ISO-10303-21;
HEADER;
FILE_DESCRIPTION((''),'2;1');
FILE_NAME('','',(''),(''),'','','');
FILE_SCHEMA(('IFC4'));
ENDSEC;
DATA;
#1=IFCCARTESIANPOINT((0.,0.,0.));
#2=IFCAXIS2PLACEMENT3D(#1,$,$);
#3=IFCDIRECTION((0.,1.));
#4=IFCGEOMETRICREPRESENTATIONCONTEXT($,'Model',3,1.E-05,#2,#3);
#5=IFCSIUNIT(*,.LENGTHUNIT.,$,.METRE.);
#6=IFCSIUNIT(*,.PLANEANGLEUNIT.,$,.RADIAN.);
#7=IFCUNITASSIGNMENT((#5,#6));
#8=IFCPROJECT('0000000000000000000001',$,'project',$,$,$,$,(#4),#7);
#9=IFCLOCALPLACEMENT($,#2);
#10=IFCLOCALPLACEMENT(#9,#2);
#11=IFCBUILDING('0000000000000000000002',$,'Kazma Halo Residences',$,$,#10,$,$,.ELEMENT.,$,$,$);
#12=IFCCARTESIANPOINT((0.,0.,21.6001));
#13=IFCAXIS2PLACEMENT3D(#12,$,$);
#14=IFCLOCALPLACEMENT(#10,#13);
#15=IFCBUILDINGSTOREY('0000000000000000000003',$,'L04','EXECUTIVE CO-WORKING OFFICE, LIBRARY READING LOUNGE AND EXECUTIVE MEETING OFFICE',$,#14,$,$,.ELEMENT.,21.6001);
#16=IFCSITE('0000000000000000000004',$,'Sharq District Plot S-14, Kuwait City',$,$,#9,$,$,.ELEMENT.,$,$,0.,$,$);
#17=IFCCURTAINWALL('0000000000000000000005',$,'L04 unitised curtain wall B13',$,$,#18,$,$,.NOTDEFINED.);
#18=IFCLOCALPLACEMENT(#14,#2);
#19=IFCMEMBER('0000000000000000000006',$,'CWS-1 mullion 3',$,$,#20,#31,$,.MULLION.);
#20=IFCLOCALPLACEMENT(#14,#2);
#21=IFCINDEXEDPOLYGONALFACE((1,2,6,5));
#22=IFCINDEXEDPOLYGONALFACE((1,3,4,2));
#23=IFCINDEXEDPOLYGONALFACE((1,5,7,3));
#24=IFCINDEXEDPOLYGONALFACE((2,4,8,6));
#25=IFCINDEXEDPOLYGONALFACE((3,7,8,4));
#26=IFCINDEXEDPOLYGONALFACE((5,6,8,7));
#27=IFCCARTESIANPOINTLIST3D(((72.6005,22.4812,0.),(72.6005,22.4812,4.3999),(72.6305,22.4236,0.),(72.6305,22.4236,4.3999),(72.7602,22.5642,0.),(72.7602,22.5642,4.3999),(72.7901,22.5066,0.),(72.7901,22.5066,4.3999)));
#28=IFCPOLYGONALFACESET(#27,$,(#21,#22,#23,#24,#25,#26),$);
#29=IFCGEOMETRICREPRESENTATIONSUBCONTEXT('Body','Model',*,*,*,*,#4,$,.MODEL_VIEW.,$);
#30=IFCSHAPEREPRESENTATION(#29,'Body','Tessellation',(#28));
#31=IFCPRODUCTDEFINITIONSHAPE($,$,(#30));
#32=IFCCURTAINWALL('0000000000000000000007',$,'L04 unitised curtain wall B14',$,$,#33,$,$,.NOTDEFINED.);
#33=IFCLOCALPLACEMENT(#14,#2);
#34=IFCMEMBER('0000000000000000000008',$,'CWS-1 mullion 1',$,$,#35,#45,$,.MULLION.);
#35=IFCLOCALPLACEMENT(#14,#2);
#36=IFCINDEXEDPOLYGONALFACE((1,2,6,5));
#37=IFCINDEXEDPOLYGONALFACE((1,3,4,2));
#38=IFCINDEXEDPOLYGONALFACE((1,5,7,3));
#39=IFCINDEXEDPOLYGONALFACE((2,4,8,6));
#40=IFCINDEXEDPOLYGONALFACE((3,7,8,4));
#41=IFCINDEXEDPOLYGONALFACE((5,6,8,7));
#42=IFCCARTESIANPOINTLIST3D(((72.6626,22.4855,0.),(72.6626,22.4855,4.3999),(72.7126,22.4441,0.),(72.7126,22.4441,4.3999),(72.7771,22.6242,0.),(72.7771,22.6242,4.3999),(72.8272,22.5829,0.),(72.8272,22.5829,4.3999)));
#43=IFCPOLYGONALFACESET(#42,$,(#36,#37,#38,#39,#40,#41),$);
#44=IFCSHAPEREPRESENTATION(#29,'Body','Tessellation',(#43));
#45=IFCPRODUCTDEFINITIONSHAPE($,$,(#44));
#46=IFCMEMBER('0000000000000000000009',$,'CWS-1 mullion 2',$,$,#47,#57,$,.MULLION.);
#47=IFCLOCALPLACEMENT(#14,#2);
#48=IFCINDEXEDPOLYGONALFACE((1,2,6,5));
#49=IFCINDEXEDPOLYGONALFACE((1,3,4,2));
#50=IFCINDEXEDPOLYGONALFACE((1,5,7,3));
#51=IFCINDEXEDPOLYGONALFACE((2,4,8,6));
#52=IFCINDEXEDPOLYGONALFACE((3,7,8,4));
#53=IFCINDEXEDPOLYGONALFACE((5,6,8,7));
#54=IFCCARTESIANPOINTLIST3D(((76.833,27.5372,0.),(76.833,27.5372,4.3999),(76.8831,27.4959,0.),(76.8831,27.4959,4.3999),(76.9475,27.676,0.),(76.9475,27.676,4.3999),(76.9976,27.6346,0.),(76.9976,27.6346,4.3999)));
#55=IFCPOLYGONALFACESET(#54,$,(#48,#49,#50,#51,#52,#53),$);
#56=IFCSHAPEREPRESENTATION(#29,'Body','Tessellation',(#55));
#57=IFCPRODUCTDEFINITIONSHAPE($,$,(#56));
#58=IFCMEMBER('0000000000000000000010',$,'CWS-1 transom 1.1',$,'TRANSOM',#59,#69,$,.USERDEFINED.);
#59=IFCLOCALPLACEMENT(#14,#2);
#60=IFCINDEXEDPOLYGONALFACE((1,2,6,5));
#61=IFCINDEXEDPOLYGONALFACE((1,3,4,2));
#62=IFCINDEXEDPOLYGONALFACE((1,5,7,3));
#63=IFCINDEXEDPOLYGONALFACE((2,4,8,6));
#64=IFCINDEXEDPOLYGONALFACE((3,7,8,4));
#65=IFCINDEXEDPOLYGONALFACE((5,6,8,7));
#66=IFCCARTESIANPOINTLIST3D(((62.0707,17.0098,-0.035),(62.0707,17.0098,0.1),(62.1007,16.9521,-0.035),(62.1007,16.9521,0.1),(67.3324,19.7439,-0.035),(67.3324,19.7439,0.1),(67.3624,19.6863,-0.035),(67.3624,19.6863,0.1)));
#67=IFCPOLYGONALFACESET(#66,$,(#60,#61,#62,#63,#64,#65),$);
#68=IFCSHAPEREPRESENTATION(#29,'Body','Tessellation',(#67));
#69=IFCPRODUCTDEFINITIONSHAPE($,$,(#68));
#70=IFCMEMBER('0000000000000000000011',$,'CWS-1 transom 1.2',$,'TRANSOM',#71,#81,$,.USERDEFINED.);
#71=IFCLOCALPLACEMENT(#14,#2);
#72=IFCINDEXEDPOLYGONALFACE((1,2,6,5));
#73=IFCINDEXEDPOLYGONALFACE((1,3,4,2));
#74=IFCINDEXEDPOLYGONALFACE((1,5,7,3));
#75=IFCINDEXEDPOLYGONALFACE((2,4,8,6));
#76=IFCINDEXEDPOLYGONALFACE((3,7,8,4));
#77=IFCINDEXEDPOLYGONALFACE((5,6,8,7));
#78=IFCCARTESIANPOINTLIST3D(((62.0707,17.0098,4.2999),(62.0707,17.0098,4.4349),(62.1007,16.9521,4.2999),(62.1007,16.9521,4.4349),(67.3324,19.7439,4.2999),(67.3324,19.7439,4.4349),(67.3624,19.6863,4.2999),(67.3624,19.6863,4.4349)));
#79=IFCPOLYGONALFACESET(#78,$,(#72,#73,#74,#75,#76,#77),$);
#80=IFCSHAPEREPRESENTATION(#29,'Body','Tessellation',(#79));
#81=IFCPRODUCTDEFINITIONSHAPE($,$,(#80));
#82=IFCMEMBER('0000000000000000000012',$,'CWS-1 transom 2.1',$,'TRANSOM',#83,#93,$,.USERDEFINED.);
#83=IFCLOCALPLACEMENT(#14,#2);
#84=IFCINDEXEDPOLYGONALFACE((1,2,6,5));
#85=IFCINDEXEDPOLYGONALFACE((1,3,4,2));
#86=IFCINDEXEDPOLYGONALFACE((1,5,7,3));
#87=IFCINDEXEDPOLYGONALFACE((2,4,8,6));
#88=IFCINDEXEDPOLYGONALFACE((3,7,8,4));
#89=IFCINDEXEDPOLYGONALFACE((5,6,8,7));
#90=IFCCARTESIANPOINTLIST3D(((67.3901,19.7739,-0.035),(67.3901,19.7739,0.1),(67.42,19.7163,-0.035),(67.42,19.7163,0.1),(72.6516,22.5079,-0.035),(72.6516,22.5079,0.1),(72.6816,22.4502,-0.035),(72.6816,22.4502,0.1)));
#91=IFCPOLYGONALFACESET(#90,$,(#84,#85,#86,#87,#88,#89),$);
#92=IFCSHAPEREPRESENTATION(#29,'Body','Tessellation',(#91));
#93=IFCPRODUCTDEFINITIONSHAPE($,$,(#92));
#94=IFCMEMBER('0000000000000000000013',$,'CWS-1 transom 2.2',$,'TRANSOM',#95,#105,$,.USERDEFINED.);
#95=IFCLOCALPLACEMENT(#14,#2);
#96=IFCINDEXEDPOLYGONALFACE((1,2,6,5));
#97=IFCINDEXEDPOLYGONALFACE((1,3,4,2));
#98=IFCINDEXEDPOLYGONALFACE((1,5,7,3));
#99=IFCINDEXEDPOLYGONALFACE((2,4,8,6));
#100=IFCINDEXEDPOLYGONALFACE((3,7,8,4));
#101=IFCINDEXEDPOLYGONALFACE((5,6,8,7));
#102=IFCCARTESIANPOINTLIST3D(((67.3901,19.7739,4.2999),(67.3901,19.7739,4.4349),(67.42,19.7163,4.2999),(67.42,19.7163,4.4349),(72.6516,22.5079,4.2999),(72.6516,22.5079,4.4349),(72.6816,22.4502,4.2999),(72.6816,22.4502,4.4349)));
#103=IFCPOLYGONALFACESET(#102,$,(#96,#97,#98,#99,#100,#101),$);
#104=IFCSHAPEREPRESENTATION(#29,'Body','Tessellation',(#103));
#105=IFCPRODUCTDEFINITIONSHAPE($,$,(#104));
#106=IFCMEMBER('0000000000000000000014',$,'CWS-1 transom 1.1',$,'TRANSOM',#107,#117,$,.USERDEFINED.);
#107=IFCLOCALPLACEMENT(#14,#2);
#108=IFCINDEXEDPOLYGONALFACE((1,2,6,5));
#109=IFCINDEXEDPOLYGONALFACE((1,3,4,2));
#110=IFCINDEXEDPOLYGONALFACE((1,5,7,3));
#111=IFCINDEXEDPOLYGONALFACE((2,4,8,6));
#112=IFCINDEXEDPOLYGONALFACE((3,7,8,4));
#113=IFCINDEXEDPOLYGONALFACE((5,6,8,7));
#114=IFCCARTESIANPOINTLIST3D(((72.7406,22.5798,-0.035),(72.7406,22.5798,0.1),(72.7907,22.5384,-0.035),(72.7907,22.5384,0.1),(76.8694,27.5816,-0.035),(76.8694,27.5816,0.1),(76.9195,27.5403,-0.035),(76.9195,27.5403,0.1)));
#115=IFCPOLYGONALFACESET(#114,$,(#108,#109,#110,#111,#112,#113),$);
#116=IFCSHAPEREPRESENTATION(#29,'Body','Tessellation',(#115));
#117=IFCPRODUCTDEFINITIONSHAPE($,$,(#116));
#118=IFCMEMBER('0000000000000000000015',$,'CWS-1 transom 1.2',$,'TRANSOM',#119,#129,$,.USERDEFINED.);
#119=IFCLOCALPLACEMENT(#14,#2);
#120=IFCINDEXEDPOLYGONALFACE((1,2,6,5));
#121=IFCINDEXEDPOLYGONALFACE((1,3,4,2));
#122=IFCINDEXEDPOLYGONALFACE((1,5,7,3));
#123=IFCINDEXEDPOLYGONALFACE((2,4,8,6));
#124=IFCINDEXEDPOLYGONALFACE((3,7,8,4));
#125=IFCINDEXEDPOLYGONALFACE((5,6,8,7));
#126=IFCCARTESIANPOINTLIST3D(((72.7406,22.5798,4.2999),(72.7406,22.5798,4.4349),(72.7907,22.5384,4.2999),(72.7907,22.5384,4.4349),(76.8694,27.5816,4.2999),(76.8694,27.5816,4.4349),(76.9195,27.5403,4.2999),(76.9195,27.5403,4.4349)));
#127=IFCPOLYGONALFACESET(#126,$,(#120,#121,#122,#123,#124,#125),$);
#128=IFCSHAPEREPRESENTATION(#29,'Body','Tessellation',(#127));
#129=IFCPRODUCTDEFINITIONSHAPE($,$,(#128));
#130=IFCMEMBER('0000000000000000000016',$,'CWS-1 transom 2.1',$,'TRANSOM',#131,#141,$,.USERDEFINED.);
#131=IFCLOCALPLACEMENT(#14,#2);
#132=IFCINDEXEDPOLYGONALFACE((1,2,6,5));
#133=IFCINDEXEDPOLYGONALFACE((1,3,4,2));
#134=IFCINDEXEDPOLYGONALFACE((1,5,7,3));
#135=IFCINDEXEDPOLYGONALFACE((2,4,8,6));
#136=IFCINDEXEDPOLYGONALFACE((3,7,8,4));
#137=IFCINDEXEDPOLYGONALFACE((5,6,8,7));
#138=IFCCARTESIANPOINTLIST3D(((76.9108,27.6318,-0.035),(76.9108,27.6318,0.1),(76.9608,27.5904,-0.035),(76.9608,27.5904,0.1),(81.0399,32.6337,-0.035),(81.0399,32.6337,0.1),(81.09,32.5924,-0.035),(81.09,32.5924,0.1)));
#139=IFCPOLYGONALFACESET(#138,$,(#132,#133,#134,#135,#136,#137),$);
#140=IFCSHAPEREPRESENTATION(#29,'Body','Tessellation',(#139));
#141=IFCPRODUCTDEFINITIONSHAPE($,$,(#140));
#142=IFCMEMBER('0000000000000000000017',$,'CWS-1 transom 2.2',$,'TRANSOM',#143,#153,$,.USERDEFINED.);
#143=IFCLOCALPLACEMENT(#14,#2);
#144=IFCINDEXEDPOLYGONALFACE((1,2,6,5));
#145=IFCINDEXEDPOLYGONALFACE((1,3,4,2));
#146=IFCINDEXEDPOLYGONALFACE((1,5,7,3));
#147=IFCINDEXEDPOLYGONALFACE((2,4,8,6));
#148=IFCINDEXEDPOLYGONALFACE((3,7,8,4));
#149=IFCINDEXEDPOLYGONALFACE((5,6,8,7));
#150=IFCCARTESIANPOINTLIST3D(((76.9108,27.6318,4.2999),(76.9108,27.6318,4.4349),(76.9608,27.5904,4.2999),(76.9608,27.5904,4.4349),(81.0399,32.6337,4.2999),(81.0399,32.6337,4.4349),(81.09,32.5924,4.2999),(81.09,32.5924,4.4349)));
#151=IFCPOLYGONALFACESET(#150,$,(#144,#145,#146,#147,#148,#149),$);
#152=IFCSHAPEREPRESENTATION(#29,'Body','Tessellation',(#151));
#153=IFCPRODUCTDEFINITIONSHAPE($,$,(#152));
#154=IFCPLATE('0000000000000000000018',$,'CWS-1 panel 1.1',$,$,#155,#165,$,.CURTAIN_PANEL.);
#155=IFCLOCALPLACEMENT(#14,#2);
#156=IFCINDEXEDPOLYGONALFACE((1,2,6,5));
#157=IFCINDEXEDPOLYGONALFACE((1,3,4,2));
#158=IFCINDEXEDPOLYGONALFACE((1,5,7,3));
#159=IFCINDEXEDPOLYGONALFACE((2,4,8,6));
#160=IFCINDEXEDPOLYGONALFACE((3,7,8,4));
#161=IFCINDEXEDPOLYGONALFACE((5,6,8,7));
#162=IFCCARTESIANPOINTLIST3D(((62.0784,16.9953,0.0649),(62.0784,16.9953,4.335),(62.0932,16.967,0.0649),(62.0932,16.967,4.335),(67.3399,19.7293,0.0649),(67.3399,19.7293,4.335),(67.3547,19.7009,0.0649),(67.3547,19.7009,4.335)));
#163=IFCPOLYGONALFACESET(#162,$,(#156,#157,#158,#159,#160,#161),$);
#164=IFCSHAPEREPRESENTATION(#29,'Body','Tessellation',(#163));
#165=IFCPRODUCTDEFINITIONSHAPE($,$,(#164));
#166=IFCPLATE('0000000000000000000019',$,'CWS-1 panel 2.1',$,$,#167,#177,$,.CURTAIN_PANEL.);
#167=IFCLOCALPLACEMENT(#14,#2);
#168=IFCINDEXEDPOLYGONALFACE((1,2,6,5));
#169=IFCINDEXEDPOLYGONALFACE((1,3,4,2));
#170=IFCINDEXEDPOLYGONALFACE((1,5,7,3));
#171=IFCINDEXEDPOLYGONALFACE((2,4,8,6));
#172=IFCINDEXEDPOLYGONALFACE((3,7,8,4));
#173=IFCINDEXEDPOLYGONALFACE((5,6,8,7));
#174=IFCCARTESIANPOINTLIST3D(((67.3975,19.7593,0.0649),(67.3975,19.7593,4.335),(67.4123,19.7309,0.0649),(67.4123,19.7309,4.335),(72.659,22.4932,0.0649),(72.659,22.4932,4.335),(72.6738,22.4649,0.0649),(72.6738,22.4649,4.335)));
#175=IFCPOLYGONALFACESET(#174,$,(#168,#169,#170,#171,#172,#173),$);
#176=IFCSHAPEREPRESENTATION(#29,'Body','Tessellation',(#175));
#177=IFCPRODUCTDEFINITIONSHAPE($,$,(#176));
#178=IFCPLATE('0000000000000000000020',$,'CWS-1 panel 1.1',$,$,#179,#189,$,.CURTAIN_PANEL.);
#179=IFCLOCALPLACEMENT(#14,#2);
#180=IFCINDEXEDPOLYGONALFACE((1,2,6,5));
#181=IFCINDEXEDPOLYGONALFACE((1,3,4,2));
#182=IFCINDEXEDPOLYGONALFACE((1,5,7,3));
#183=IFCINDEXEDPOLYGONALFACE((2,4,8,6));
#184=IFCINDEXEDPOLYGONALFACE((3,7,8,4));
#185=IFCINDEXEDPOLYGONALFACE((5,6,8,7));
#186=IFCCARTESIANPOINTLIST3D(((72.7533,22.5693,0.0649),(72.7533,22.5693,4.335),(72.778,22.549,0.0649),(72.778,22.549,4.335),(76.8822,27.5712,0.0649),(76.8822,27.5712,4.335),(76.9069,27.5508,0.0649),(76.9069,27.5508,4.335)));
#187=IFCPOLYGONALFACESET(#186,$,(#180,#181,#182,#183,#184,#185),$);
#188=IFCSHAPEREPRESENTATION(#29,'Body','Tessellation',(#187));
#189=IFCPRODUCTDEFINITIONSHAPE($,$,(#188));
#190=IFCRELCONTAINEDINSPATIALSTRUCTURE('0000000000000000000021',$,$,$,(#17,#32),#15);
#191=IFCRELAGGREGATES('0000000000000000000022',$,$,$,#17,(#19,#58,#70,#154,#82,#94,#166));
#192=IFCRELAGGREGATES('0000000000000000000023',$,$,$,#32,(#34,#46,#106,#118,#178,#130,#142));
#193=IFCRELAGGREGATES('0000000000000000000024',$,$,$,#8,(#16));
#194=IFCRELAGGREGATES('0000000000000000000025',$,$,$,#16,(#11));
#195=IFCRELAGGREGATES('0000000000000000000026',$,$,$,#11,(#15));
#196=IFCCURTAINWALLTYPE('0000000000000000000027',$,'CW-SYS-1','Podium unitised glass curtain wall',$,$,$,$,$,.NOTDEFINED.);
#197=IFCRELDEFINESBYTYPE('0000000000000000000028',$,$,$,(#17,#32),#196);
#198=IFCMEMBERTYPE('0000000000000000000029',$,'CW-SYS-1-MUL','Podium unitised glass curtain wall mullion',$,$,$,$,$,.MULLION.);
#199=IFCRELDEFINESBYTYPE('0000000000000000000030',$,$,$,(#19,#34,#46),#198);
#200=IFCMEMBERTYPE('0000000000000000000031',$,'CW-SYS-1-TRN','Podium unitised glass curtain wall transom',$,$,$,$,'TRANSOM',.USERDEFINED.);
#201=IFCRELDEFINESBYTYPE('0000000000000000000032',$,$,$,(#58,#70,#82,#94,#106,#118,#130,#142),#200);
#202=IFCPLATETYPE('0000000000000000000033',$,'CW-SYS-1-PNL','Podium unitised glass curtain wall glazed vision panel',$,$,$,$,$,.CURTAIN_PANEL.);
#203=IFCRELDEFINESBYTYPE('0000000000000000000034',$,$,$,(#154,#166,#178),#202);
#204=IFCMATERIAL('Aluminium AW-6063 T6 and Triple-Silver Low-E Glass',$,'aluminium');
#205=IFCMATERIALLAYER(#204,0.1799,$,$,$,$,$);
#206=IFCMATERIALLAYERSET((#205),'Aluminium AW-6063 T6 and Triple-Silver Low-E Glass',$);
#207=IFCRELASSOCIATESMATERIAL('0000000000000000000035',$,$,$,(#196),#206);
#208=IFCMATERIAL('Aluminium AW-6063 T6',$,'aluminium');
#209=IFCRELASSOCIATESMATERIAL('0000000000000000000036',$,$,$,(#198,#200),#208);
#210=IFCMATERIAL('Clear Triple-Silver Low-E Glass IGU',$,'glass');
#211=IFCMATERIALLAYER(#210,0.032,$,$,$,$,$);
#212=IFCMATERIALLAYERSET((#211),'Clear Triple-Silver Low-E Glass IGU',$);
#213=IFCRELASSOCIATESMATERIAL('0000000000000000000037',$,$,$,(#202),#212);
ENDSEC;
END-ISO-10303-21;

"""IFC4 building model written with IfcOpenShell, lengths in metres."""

from ifc_helpers import new_model, si_unit, direction, frame, origin, origin_2d, place, context, subcontext, project, spatial, rectangle, extrude, material, layer, layer_set, material_profile, profile_set, type_object, element, aggregate, save


model = new_model("IFC4")

# Units and contexts
model_context = context("Model", 3, precision=1e-05, world=origin(), true_north=direction((0.0, 1.0)))
body_context = subcontext(model_context, "Body", "Model", "MODEL_VIEW")
ifc_project = project(units=[si_unit("LENGTHUNIT", "METRE"), si_unit("PLANEANGLEUNIT", "RADIAN")], contexts=[model_context])

# Site, building, storey
site_placement = place(None, origin())
site = spatial("IfcSite", under=ifc_project, at=site_placement, Name="Sharq District Plot S-14, Kuwait City", CompositionType="ELEMENT", RefElevation=0.0)
building_placement = place(site_placement, origin())
building = spatial("IfcBuilding", under=site, at=building_placement, Name="Kazma Halo Residences", CompositionType="ELEMENT")
storey_placement = place(building_placement, frame((0.0, 0.0, 21.6001)))
storey = spatial("IfcBuildingStorey", under=building, at=storey_placement, Name="L04", Description="EXECUTIVE CO-WORKING OFFICE, LIBRARY READING LOUNGE AND EXECUTIVE MEETING OFFICE", CompositionType="ELEMENT", Elevation=21.6001)

# Shared definitions
ifc_material_1 = material(Name="Aluminium AW-6063 T6 and Triple-Silver Low-E Glass", Category="aluminium")
ifc_layer_1 = layer(ifc_material_1, 0.1799)
ifc_layer_set_1 = layer_set([ifc_layer_1], Name="Aluminium AW-6063 T6 and Triple-Silver Low-E Glass")
curtain_wall_type = type_object("IfcCurtainWallType", Name="CW-SYS-1", Description="Podium unitised glass curtain wall", PredefinedType="NOTDEFINED", material=ifc_layer_set_1)
ifc_material_2 = material(Name="Aluminium AW-6063 T6", Category="aluminium")
ifc_material_profile_1 = material_profile(ifc_material_2, rectangle(XDim=0.0649, YDim=0.1799, at=origin_2d()), Name="CWM-65x180")
ifc_profile_set_1 = profile_set([ifc_material_profile_1], Name="Aluminium AW-6063 T6")
member_type_1 = type_object("IfcMemberType", Name="CW-SYS-1-MUL", Description="Podium unitised glass curtain wall mullion", PredefinedType="MULLION", material=ifc_profile_set_1)

# Curtain walls, members
curtain_wall_1_placement = place(storey_placement, origin())
curtain_wall_1 = element("IfcCurtainWall", 1, at=curtain_wall_1_placement, inside=storey, type_object=curtain_wall_type, Name="L04 unitised curtain wall B13", PredefinedType="NOTDEFINED")
member_1_placement = place(storey_placement, frame((72.6953, 22.4939, 0.0), z_axis=(0.0, 0.0, 1.0), x_axis=(-0.461087, 0.887355, 0.0)))
member_1 = element("IfcMember", 2, at=member_1_placement, type_object=member_type_1, Name="CWS-1 mullion 3", PredefinedType="MULLION", context=body_context, shape_type="SweptSolid", body=[
    extrude(rectangle(XDim=0.0649, YDim=0.1799, at=origin_2d()), origin(), (0.0, 0.0, 1.0), 4.3999),
])
curtain_wall_2_placement = place(storey_placement, origin())
curtain_wall_2 = element("IfcCurtainWall", 3, at=curtain_wall_2_placement, inside=storey, type_object=curtain_wall_type, Name="L04 unitised curtain wall B14", PredefinedType="NOTDEFINED")
member_2_placement = place(storey_placement, frame((72.7449, 22.5342, 0.0), z_axis=(0.0, 0.0, 1.0), x_axis=(-0.771192, 0.636603, 0.0)))
member_2 = element("IfcMember", 4, at=member_2_placement, type_object=member_type_1, Name="CWS-1 mullion 1", PredefinedType="MULLION", context=body_context, shape_type="SweptSolid", body=[
    extrude(rectangle(XDim=0.0649, YDim=0.1799, at=origin_2d()), origin(), (0.0, 0.0, 1.0), 4.3999),
])
member_3_placement = place(storey_placement, frame((76.9153, 27.5859, 0.0), z_axis=(0.0, 0.0, 1.0), x_axis=(-0.771192, 0.636603, 0.0)))
member_3 = element("IfcMember", 5, at=member_3_placement, type_object=member_type_1, Name="CWS-1 mullion 2", PredefinedType="MULLION", context=body_context, shape_type="SweptSolid", body=[
    extrude(rectangle(XDim=0.0649, YDim=0.1799, at=origin_2d()), origin(), (0.0, 0.0, 1.0), 4.3999),
])

# Members
ifc_material_profile_2 = material_profile(ifc_material_2, rectangle(XDim=0.0649, YDim=0.135, at=origin_2d()), Name="CWT-65x135")
ifc_profile_set_2 = profile_set([ifc_material_profile_2], Name="Aluminium AW-6063 T6")
member_type_2 = type_object("IfcMemberType", Name="CW-SYS-1-TRN", Description="Podium unitised glass curtain wall transom", ElementType="TRANSOM", PredefinedType="USERDEFINED", material=ifc_profile_set_2)
member_4_placement = place(storey_placement, frame((62.0857, 16.981, 0.0325), z_axis=(0.887352, 0.461092, 0.0), x_axis=(-0.461092, 0.887352, 0.0)))
member_4 = element("IfcMember", 6, at=member_4_placement, type_object=member_type_2, Name="CWS-1 transom 1.1", ObjectType="TRANSOM", PredefinedType="USERDEFINED", context=body_context, shape_type="SweptSolid", body=[
    extrude(rectangle(XDim=0.0649, YDim=0.135, at=origin_2d()), origin(), (0.0, 0.0, 1.0), 5.9297),
])
member_5_placement = place(storey_placement, frame((62.0857, 16.981, 4.3674), z_axis=(0.887352, 0.461092, 0.0), x_axis=(-0.461092, 0.887352, 0.0)))
member_5 = element("IfcMember", 7, at=member_5_placement, type_object=member_type_2, Name="CWS-1 transom 1.2", ObjectType="TRANSOM", PredefinedType="USERDEFINED", context=body_context, shape_type="SweptSolid", body=[
    extrude(rectangle(XDim=0.0649, YDim=0.135, at=origin_2d()), origin(), (0.0, 0.0, 1.0), 5.9297),
])
member_6_placement = place(storey_placement, frame((67.405, 19.7451, 0.0325), z_axis=(0.88736, 0.461077, 0.0), x_axis=(-0.461077, 0.88736, 0.0)))
member_6 = element("IfcMember", 8, at=member_6_placement, type_object=member_type_2, Name="CWS-1 transom 2.1", ObjectType="TRANSOM", PredefinedType="USERDEFINED", context=body_context, shape_type="SweptSolid", body=[
    extrude(rectangle(XDim=0.0649, YDim=0.135, at=origin_2d()), origin(), (0.0, 0.0, 1.0), 5.9294),
])
member_7_placement = place(storey_placement, frame((67.405, 19.7451, 4.3674), z_axis=(0.88736, 0.461077, 0.0), x_axis=(-0.461077, 0.88736, 0.0)))
member_7 = element("IfcMember", 9, at=member_7_placement, type_object=member_type_2, Name="CWS-1 transom 2.2", ObjectType="TRANSOM", PredefinedType="USERDEFINED", context=body_context, shape_type="SweptSolid", body=[
    extrude(rectangle(XDim=0.0649, YDim=0.135, at=origin_2d()), origin(), (0.0, 0.0, 1.0), 5.9294),
])
member_8_placement = place(storey_placement, frame((72.7656, 22.5591, 0.0325), z_axis=(0.636593, 0.7712, 0.0), x_axis=(-0.7712, 0.636593, 0.0)))
member_8 = element("IfcMember", 10, at=member_8_placement, type_object=member_type_2, Name="CWS-1 transom 1.1", ObjectType="TRANSOM", PredefinedType="USERDEFINED", context=body_context, shape_type="SweptSolid", body=[
    extrude(rectangle(XDim=0.0649, YDim=0.135, at=origin_2d()), origin(), (0.0, 0.0, 1.0), 6.4858),
])
member_9_placement = place(storey_placement, frame((72.7656, 22.5591, 4.3674), z_axis=(0.636593, 0.7712, 0.0), x_axis=(-0.7712, 0.636593, 0.0)))
member_9 = element("IfcMember", 11, at=member_9_placement, type_object=member_type_2, Name="CWS-1 transom 1.2", ObjectType="TRANSOM", PredefinedType="USERDEFINED", context=body_context, shape_type="SweptSolid", body=[
    extrude(rectangle(XDim=0.0649, YDim=0.135, at=origin_2d()), origin(), (0.0, 0.0, 1.0), 6.4858),
])
member_10_placement = place(storey_placement, frame((76.9358, 27.6111, 0.0325), z_axis=(0.636616, 0.771181, 0.0), x_axis=(-0.771181, 0.636616, 0.0)))
member_10 = element("IfcMember", 12, at=member_10_placement, type_object=member_type_2, Name="CWS-1 transom 2.1", ObjectType="TRANSOM", PredefinedType="USERDEFINED", context=body_context, shape_type="SweptSolid", body=[
    extrude(rectangle(XDim=0.0649, YDim=0.135, at=origin_2d()), origin(), (0.0, 0.0, 1.0), 6.4861),
])
member_11_placement = place(storey_placement, frame((76.9358, 27.6111, 4.3674), z_axis=(0.636616, 0.771181, 0.0), x_axis=(-0.771181, 0.636616, 0.0)))
member_11 = element("IfcMember", 13, at=member_11_placement, type_object=member_type_2, Name="CWS-1 transom 2.2", ObjectType="TRANSOM", PredefinedType="USERDEFINED", context=body_context, shape_type="SweptSolid", body=[
    extrude(rectangle(XDim=0.0649, YDim=0.135, at=origin_2d()), origin(), (0.0, 0.0, 1.0), 6.4861),
])

# Plates
ifc_material_3 = material(Name="Clear Triple-Silver Low-E Glass IGU", Category="glass")
ifc_layer_2 = layer(ifc_material_3, 0.032)
ifc_layer_set_2 = layer_set([ifc_layer_2], Name="Clear Triple-Silver Low-E Glass IGU")
plate_type = type_object("IfcPlateType", Name="CW-SYS-1-PNL", Description="Podium unitised glass curtain wall glazed vision panel", PredefinedType="CURTAIN_PANEL", material=ifc_layer_set_2)
plate_1_placement = place(storey_placement, frame((64.7166, 18.3481, 0.0649), z_axis=(0.0, 0.0, 1.0), x_axis=(0.887355, 0.461087, 0.0)))
plate_1 = element("IfcPlate", 14, at=plate_1_placement, type_object=plate_type, Name="CWS-1 panel 1.1", PredefinedType="CURTAIN_PANEL", context=body_context, shape_type="SweptSolid", body=[
    extrude(rectangle(XDim=5.9294, YDim=0.032, at=origin_2d()), origin(), (0.0, 0.0, 1.0), 4.27),
])
plate_2_placement = place(storey_placement, frame((70.0356, 21.1121, 0.0649), z_axis=(0.0, 0.0, 1.0), x_axis=(0.887355, 0.461087, 0.0)))
plate_2 = element("IfcPlate", 15, at=plate_2_placement, type_object=plate_type, Name="CWS-1 panel 2.1", PredefinedType="CURTAIN_PANEL", context=body_context, shape_type="SweptSolid", body=[
    extrude(rectangle(XDim=5.9294, YDim=0.032, at=origin_2d()), origin(), (0.0, 0.0, 1.0), 4.27),
])
aggregate(curtain_wall_1, [member_1, member_4, member_5, plate_1, member_6, member_7, plate_2])
plate_3_placement = place(storey_placement, frame((74.8301, 25.0601, 0.0649), z_axis=(0.0, 0.0, 1.0), x_axis=(0.636603, 0.771192, 0.0)))
plate_3 = element("IfcPlate", 16, at=plate_3_placement, type_object=plate_type, Name="CWS-1 panel 1.1", PredefinedType="CURTAIN_PANEL", context=body_context, shape_type="SweptSolid", body=[
    extrude(rectangle(XDim=6.4858, YDim=0.032, at=origin_2d()), origin(), (0.0, 0.0, 1.0), 4.27),
])
aggregate(curtain_wall_2, [member_2, member_3, member_8, member_9, plate_3, member_10, member_11])

save(model, "model.ifc")
